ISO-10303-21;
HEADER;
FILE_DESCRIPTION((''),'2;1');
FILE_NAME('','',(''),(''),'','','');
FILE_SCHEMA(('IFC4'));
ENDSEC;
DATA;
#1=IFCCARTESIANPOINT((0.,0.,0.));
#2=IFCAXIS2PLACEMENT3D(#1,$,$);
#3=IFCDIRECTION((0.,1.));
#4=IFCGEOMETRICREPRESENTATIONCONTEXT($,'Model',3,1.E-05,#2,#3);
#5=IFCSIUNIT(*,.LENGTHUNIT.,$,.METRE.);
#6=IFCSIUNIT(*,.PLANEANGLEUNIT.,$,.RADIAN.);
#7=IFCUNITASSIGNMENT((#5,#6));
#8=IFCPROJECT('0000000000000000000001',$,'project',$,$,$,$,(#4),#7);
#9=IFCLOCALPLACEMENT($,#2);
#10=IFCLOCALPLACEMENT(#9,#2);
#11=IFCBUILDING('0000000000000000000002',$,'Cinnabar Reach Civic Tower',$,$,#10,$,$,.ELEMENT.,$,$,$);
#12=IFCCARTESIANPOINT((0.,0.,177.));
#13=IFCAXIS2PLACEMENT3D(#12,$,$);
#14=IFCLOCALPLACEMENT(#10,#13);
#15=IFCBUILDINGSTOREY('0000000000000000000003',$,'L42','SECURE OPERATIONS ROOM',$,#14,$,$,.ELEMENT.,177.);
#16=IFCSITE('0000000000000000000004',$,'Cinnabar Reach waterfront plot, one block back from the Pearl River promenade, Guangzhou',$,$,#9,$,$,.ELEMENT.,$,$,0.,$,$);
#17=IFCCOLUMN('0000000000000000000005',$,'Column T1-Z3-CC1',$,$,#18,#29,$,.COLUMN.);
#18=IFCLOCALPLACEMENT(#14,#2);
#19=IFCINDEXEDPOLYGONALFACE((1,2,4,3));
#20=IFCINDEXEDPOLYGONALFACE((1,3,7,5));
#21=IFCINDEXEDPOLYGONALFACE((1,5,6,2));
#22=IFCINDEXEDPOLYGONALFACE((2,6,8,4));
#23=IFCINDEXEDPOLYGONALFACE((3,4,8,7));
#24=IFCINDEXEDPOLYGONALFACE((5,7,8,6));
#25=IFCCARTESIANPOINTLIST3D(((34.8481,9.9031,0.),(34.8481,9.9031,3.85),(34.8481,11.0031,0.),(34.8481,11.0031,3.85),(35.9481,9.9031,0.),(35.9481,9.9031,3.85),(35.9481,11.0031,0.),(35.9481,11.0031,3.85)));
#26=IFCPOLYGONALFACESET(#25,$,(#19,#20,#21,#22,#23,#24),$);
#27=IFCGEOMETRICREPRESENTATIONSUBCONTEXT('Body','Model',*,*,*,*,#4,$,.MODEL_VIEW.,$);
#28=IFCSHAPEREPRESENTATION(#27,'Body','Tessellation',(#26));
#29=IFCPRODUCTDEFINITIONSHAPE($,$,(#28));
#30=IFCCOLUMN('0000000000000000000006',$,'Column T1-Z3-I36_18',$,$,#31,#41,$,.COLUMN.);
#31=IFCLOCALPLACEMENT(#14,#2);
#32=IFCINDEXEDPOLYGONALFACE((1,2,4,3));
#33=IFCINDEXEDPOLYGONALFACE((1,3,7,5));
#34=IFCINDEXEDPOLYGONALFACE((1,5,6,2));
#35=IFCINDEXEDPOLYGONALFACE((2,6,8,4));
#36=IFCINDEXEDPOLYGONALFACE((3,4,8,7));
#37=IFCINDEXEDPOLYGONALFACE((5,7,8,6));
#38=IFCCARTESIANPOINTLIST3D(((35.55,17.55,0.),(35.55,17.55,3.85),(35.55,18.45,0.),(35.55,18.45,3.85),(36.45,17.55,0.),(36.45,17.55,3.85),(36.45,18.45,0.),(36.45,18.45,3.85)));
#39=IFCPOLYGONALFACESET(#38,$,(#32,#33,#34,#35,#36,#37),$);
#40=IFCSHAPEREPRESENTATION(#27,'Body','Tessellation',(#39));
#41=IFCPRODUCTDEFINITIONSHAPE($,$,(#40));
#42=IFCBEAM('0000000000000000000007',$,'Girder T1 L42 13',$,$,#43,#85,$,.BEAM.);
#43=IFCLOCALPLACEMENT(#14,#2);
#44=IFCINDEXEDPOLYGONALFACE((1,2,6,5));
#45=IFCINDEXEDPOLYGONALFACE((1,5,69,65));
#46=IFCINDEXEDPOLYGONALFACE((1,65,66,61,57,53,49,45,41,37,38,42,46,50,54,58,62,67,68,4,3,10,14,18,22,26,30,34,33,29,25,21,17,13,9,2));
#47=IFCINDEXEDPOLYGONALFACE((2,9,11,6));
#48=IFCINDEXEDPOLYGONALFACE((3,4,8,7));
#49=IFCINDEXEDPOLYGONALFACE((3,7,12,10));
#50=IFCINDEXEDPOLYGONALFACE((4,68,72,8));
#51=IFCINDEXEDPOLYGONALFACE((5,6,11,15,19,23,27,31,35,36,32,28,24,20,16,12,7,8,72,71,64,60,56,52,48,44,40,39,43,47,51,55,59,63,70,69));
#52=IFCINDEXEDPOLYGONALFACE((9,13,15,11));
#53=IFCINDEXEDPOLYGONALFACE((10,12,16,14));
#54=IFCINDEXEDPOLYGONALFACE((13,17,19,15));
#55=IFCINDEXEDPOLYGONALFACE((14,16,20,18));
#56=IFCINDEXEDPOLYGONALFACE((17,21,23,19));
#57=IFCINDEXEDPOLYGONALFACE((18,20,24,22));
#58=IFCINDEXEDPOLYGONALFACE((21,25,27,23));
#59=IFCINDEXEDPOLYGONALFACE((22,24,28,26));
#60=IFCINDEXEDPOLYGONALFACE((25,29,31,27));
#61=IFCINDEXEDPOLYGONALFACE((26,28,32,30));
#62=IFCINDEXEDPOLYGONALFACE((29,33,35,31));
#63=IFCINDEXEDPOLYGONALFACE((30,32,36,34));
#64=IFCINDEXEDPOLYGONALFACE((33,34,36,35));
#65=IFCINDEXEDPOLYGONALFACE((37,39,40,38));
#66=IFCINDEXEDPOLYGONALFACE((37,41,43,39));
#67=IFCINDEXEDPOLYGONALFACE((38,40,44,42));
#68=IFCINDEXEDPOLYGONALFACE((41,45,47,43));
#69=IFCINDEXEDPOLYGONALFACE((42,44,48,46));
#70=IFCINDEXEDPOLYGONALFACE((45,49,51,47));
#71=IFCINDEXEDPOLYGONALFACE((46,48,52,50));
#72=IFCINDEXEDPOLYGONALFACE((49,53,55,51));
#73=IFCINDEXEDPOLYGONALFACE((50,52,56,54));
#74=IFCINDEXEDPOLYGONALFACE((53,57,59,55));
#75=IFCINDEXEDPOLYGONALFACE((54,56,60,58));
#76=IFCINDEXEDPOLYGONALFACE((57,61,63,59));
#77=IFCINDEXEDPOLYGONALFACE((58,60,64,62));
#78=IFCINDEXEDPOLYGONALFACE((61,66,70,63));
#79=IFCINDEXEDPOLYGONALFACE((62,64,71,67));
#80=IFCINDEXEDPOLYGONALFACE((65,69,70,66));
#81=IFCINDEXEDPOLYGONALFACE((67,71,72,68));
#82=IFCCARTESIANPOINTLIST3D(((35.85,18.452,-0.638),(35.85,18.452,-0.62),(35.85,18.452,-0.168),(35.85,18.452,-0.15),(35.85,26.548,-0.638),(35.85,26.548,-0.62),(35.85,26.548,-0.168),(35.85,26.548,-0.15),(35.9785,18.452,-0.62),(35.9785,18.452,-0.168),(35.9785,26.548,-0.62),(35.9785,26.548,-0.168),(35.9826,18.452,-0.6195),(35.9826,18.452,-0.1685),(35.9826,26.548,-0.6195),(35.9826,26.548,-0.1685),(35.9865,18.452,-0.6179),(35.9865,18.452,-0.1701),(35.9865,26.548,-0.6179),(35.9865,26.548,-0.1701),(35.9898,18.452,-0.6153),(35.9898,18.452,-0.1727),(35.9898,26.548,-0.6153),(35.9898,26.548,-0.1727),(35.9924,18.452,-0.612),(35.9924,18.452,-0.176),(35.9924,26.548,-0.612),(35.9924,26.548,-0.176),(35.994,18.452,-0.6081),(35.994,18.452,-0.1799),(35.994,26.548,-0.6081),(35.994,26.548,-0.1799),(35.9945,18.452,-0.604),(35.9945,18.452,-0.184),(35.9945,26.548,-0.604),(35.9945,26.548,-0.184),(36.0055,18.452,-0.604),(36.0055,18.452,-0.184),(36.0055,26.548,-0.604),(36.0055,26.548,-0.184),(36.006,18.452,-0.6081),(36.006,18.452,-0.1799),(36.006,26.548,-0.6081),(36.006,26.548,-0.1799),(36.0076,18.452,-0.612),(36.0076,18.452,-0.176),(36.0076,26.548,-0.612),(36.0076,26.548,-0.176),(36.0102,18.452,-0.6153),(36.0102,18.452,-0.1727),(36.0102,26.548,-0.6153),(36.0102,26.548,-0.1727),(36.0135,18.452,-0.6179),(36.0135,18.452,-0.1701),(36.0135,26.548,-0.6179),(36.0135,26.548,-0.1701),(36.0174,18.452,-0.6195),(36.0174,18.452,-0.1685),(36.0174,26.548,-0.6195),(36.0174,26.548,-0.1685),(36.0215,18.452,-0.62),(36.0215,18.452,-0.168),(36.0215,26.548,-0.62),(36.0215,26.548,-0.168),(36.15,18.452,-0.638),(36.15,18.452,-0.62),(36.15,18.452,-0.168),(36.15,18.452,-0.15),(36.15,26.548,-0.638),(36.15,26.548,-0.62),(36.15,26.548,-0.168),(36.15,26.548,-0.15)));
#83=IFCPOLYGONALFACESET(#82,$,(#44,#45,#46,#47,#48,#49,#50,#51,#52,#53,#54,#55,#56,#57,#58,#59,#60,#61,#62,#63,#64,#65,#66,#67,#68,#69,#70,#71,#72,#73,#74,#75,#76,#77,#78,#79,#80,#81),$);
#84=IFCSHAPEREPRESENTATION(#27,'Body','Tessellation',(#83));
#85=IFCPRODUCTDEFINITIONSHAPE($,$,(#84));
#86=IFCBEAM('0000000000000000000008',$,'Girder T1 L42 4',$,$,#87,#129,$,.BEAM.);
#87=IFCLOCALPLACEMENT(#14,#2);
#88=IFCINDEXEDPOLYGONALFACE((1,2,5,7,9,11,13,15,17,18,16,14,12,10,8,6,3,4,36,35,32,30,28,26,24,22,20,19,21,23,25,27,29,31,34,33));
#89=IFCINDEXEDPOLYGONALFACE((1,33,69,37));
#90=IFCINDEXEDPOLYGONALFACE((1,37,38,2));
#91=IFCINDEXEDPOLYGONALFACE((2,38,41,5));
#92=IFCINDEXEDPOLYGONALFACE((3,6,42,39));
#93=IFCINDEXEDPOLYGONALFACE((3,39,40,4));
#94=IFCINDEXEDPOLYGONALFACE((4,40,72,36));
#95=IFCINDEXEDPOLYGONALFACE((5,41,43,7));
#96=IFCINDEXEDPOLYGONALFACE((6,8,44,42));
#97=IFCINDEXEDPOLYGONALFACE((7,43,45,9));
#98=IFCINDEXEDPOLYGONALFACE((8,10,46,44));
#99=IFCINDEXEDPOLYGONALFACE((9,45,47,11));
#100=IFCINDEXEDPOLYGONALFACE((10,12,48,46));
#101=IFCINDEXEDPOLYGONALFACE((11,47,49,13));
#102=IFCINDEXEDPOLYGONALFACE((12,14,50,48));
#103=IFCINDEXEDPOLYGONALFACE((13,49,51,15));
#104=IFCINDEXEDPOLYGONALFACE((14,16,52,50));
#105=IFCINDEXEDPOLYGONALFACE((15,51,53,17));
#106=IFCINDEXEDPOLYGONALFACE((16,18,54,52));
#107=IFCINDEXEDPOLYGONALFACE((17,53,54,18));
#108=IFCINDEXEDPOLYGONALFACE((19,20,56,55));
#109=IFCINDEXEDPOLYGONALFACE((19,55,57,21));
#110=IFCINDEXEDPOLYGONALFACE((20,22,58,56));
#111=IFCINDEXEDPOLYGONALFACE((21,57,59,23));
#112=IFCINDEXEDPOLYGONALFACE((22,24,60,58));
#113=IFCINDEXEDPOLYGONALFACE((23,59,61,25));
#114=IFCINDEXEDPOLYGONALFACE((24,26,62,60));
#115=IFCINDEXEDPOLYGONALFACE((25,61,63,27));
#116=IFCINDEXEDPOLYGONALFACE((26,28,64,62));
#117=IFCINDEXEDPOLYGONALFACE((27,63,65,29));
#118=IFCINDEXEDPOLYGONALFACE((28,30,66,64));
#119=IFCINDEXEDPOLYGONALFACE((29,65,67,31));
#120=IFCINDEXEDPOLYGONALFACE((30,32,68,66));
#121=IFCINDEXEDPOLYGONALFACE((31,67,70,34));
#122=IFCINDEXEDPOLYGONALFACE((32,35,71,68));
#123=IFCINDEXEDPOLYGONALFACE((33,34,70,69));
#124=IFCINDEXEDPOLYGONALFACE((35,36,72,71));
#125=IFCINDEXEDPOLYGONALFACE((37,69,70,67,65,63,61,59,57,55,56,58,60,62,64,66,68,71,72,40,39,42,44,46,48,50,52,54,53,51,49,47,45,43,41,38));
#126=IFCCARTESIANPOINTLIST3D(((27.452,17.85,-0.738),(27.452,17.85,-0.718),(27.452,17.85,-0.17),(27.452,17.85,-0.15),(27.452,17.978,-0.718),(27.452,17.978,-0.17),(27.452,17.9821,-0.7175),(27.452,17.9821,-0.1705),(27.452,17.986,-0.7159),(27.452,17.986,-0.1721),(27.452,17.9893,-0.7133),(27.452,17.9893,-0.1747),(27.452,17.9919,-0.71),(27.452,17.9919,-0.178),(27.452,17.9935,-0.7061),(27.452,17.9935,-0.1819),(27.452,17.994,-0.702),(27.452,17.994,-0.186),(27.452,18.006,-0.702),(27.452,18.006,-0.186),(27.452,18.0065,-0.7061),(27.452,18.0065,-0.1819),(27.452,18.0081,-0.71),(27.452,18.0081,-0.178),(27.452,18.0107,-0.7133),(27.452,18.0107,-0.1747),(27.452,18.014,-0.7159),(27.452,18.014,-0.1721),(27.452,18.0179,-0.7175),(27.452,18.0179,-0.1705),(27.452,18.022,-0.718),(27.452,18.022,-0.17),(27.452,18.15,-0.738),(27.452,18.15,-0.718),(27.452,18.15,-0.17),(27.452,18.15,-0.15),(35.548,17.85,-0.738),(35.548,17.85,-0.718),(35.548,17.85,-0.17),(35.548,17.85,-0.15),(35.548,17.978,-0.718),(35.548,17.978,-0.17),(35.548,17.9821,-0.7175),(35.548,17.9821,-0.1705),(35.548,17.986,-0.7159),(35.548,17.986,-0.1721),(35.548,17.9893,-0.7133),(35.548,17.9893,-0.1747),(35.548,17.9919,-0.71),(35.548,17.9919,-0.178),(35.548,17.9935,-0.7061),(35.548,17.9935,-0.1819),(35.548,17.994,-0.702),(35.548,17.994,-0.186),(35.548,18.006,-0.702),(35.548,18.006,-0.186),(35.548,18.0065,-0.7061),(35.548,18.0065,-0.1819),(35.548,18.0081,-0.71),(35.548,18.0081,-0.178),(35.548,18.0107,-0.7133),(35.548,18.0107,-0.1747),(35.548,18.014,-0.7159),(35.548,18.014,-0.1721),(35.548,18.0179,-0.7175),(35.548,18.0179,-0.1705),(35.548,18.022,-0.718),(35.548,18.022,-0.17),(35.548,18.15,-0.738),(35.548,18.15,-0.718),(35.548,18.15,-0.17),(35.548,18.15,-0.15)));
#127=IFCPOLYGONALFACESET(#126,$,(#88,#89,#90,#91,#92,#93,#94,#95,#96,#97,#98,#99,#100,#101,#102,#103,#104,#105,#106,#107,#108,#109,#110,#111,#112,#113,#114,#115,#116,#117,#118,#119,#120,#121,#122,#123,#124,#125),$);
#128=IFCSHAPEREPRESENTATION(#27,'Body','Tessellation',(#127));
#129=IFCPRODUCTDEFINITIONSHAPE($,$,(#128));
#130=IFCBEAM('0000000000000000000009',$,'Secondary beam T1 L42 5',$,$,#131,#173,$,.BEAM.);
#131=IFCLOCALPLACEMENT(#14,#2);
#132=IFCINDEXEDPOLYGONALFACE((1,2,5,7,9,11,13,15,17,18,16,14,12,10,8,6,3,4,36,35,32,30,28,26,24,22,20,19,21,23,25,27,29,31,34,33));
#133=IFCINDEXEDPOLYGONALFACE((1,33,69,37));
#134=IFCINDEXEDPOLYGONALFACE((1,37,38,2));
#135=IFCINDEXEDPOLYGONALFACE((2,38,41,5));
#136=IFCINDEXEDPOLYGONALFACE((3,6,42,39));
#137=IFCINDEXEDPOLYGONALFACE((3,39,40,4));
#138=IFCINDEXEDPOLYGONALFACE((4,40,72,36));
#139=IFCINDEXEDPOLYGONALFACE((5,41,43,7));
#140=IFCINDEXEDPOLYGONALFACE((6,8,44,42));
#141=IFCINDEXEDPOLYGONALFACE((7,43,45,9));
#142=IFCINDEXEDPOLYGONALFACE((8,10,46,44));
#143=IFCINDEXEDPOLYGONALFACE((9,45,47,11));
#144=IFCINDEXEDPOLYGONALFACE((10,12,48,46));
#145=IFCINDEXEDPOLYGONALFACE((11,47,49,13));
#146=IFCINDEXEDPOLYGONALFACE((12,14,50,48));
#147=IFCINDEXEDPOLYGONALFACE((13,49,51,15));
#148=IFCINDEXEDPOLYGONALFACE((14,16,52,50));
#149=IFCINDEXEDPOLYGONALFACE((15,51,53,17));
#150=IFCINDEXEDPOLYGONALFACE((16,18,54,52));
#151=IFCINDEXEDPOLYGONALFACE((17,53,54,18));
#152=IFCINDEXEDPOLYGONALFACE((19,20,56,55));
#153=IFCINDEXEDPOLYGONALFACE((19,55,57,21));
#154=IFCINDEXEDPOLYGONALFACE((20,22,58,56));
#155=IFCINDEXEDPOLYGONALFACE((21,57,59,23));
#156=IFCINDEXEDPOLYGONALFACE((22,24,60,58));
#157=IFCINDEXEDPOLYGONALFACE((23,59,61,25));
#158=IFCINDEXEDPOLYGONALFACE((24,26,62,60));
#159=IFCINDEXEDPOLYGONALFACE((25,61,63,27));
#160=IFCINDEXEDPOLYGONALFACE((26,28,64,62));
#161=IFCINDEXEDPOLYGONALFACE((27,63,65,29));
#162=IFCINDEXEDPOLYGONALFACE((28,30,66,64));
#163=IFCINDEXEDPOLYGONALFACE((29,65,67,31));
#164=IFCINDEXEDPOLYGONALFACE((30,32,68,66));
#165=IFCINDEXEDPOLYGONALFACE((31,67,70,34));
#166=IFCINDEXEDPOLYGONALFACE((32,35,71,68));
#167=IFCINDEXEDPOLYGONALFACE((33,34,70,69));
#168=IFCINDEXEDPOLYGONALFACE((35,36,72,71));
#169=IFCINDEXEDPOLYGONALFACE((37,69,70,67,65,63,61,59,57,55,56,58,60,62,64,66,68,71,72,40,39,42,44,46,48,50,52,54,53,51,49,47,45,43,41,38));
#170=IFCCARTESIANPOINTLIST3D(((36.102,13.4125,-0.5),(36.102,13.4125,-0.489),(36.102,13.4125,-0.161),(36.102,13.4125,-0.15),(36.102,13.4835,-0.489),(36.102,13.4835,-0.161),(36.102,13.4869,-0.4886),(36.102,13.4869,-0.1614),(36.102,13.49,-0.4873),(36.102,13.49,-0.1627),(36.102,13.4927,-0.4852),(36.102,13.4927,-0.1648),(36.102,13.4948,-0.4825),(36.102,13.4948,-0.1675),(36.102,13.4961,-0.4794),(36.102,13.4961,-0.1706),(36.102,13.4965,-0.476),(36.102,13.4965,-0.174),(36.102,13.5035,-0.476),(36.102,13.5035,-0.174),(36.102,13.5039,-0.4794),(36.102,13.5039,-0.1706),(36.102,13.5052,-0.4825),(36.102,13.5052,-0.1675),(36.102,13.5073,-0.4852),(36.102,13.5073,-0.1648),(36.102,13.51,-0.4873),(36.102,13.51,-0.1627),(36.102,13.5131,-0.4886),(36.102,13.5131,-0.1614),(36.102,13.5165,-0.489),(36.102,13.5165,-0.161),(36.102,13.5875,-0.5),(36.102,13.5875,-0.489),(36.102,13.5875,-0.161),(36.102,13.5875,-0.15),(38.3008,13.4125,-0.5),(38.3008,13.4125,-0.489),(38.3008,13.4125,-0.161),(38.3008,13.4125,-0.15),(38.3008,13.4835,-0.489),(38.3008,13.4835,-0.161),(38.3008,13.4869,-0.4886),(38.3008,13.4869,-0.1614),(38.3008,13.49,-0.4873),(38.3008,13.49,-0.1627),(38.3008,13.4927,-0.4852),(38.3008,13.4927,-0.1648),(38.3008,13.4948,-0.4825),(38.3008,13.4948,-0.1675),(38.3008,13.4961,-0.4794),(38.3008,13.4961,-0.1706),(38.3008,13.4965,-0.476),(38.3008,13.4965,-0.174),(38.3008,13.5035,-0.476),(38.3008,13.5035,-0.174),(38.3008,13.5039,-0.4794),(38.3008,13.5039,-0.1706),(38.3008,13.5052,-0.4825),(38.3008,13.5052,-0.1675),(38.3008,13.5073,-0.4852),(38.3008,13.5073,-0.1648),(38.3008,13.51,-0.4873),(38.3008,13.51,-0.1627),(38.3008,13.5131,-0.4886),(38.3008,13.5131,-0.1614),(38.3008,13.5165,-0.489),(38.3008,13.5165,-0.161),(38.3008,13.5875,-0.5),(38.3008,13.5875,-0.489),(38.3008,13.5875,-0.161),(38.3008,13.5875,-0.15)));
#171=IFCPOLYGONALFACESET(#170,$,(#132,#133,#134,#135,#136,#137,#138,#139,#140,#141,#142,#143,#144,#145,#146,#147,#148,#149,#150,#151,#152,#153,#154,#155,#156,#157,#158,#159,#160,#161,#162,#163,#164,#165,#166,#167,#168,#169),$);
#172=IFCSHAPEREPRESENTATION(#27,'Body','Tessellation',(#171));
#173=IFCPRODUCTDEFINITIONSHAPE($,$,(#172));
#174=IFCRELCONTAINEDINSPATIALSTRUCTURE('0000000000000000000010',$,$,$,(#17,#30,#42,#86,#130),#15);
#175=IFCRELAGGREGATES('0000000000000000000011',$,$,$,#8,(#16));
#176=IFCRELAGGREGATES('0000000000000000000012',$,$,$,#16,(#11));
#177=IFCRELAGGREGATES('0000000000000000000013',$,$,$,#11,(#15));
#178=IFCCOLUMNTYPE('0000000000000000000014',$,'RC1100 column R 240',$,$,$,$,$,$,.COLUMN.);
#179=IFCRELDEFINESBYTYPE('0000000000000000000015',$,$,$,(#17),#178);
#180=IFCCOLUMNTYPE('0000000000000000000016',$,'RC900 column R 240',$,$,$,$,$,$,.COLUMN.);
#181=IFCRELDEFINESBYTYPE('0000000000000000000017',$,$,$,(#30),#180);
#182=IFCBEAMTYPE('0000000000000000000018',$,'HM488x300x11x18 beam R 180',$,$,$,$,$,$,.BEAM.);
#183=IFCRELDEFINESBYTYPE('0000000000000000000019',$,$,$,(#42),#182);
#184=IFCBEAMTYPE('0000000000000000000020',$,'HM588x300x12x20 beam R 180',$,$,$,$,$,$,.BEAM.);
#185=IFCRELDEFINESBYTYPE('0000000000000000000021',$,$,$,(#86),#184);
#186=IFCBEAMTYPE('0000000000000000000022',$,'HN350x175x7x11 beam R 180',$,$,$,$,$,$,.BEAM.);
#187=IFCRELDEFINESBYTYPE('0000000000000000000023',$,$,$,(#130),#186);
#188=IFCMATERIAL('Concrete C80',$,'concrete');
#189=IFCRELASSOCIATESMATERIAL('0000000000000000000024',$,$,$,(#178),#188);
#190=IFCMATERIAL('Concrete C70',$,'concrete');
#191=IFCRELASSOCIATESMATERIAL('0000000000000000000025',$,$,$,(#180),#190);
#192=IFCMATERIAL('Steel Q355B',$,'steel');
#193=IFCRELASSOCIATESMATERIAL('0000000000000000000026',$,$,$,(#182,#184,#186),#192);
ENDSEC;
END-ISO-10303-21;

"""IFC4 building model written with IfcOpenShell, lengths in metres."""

from ifc_helpers import new_model, si_unit, direction, frame, origin, origin_2d, place, context, subcontext, project, spatial, rectangle, i_section, extrude, material, material_profile, profile_set, type_object, element, save


model = new_model("IFC4")

# Units and contexts
model_context = context("Model", 3, precision=1e-05, world=origin(), true_north=direction((0.0, 1.0)))
body_context = subcontext(model_context, "Body", "Model", "MODEL_VIEW")
ifc_project = project(units=[si_unit("LENGTHUNIT", "METRE"), si_unit("PLANEANGLEUNIT", "RADIAN")], contexts=[model_context])

# Site, building, storey
site_placement = place(None, origin())
site = spatial("IfcSite", under=ifc_project, at=site_placement, Name="Cinnabar Reach waterfront plot, one block back from the Pearl River promenade, Guangzhou", CompositionType="ELEMENT", RefElevation=0.0)
building_placement = place(site_placement, origin())
building = spatial("IfcBuilding", under=site, at=building_placement, Name="Cinnabar Reach Civic Tower", CompositionType="ELEMENT")
storey_placement = place(building_placement, frame((0.0, 0.0, 177.0)))
storey = spatial("IfcBuildingStorey", under=building, at=storey_placement, Name="L42", Description="SECURE OPERATIONS ROOM", CompositionType="ELEMENT", Elevation=177.0)

# Columns
ifc_material_1 = material(Name="Concrete C80", Category="concrete")
ifc_material_profile_1 = material_profile(ifc_material_1, rectangle(XDim=1.1, YDim=1.1, at=origin_2d()), Name="RC1100")
ifc_profile_set_1 = profile_set([ifc_material_profile_1], Name="Concrete C80")
column_type_1 = type_object("IfcColumnType", Name="RC1100 column R 240", PredefinedType="COLUMN", material=ifc_profile_set_1)
column_1_placement = place(storey_placement, frame((35.3981, 10.4531, 0.0), z_axis=(0.0, 0.0, 1.0), x_axis=(1.0, 0.0, 0.0)))
element("IfcColumn", 1, at=column_1_placement, inside=storey, type_object=column_type_1, Name="Column T1-Z3-CC1", PredefinedType="COLUMN", context=body_context, shape_type="SweptSolid", body=[
    extrude(rectangle(XDim=1.1, YDim=1.1, at=origin_2d()), origin(), (0.0, 0.0, 1.0), 3.85),
])
ifc_material_2 = material(Name="Concrete C70", Category="concrete")
ifc_material_profile_2 = material_profile(ifc_material_2, rectangle(XDim=0.9, YDim=0.9, at=origin_2d()), Name="RC900")
ifc_profile_set_2 = profile_set([ifc_material_profile_2], Name="Concrete C70")
column_type_2 = type_object("IfcColumnType", Name="RC900 column R 240", PredefinedType="COLUMN", material=ifc_profile_set_2)
column_2_placement = place(storey_placement, frame((36.0, 18.0, 0.0), z_axis=(0.0, 0.0, 1.0), x_axis=(1.0, 0.0, 0.0)))
element("IfcColumn", 2, at=column_2_placement, inside=storey, type_object=column_type_2, Name="Column T1-Z3-I36_18", PredefinedType="COLUMN", context=body_context, shape_type="SweptSolid", body=[
    extrude(rectangle(XDim=0.9, YDim=0.9, at=origin_2d()), origin(), (0.0, 0.0, 1.0), 3.85),
])

# Beams
ifc_material_3 = material(Name="Steel Q355B", Category="steel")
ifc_material_profile_3 = material_profile(ifc_material_3, i_section(OverallWidth=0.3, OverallDepth=0.488, WebThickness=0.011, FlangeThickness=0.018, FilletRadius=0.016, at=origin_2d()), Name="HM488x300x11x18")
ifc_profile_set_3 = profile_set([ifc_material_profile_3], Name="Steel Q355B")
beam_type_1 = type_object("IfcBeamType", Name="HM488x300x11x18 beam R 180", PredefinedType="BEAM", material=ifc_profile_set_3)
beam_1_placement = place(storey_placement, frame((36.0, 18.452, -0.394), z_axis=(0.0, 1.0, 0.0), x_axis=(-1.0, 0.0, 0.0)))
element("IfcBeam", 3, at=beam_1_placement, inside=storey, type_object=beam_type_1, Name="Girder T1 L42 13", PredefinedType="BEAM", context=body_context, shape_type="SweptSolid", body=[
    extrude(i_section(OverallWidth=0.3, OverallDepth=0.488, WebThickness=0.011, FlangeThickness=0.018, FilletRadius=0.016, at=origin_2d()), origin(), (0.0, 0.0, 1.0), 8.096),
])
ifc_material_profile_4 = material_profile(ifc_material_3, i_section(OverallWidth=0.3, OverallDepth=0.588, WebThickness=0.012, FlangeThickness=0.02, FilletRadius=0.016, at=origin_2d()), Name="HM588x300x12x20")
ifc_profile_set_4 = profile_set([ifc_material_profile_4], Name="Steel Q355B")
beam_type_2 = type_object("IfcBeamType", Name="HM588x300x12x20 beam R 180", PredefinedType="BEAM", material=ifc_profile_set_4)
beam_2_placement = place(storey_placement, frame((27.452, 18.0, -0.444), z_axis=(1.0, 0.0, 0.0), x_axis=(0.0, 1.0, 0.0)))
element("IfcBeam", 4, at=beam_2_placement, inside=storey, type_object=beam_type_2, Name="Girder T1 L42 4", PredefinedType="BEAM", context=body_context, shape_type="SweptSolid", body=[
    extrude(i_section(OverallWidth=0.3, OverallDepth=0.588, WebThickness=0.012, FlangeThickness=0.02, FilletRadius=0.016, at=origin_2d()), origin(), (0.0, 0.0, 1.0), 8.096),
])
ifc_material_profile_5 = material_profile(ifc_material_3, i_section(OverallWidth=0.175, OverallDepth=0.35, WebThickness=0.007, FlangeThickness=0.011, FilletRadius=0.013, at=origin_2d()), Name="HN350x175x7x11")
ifc_profile_set_5 = profile_set([ifc_material_profile_5], Name="Steel Q355B")
beam_type_3 = type_object("IfcBeamType", Name="HN350x175x7x11 beam R 180", PredefinedType="BEAM", material=ifc_profile_set_5)
beam_3_placement = place(storey_placement, frame((36.102, 13.5, -0.325), z_axis=(1.0, 0.0, 0.0), x_axis=(0.0, 1.0, 0.0)))
element("IfcBeam", 5, at=beam_3_placement, inside=storey, type_object=beam_type_3, Name="Secondary beam T1 L42 5", PredefinedType="BEAM", context=body_context, shape_type="SweptSolid", body=[
    extrude(i_section(OverallWidth=0.175, OverallDepth=0.35, WebThickness=0.007, FlangeThickness=0.011, FilletRadius=0.013, at=origin_2d()), origin(), (0.0, 0.0, 1.0), 2.1988),
])

save(model, "model.ifc")
